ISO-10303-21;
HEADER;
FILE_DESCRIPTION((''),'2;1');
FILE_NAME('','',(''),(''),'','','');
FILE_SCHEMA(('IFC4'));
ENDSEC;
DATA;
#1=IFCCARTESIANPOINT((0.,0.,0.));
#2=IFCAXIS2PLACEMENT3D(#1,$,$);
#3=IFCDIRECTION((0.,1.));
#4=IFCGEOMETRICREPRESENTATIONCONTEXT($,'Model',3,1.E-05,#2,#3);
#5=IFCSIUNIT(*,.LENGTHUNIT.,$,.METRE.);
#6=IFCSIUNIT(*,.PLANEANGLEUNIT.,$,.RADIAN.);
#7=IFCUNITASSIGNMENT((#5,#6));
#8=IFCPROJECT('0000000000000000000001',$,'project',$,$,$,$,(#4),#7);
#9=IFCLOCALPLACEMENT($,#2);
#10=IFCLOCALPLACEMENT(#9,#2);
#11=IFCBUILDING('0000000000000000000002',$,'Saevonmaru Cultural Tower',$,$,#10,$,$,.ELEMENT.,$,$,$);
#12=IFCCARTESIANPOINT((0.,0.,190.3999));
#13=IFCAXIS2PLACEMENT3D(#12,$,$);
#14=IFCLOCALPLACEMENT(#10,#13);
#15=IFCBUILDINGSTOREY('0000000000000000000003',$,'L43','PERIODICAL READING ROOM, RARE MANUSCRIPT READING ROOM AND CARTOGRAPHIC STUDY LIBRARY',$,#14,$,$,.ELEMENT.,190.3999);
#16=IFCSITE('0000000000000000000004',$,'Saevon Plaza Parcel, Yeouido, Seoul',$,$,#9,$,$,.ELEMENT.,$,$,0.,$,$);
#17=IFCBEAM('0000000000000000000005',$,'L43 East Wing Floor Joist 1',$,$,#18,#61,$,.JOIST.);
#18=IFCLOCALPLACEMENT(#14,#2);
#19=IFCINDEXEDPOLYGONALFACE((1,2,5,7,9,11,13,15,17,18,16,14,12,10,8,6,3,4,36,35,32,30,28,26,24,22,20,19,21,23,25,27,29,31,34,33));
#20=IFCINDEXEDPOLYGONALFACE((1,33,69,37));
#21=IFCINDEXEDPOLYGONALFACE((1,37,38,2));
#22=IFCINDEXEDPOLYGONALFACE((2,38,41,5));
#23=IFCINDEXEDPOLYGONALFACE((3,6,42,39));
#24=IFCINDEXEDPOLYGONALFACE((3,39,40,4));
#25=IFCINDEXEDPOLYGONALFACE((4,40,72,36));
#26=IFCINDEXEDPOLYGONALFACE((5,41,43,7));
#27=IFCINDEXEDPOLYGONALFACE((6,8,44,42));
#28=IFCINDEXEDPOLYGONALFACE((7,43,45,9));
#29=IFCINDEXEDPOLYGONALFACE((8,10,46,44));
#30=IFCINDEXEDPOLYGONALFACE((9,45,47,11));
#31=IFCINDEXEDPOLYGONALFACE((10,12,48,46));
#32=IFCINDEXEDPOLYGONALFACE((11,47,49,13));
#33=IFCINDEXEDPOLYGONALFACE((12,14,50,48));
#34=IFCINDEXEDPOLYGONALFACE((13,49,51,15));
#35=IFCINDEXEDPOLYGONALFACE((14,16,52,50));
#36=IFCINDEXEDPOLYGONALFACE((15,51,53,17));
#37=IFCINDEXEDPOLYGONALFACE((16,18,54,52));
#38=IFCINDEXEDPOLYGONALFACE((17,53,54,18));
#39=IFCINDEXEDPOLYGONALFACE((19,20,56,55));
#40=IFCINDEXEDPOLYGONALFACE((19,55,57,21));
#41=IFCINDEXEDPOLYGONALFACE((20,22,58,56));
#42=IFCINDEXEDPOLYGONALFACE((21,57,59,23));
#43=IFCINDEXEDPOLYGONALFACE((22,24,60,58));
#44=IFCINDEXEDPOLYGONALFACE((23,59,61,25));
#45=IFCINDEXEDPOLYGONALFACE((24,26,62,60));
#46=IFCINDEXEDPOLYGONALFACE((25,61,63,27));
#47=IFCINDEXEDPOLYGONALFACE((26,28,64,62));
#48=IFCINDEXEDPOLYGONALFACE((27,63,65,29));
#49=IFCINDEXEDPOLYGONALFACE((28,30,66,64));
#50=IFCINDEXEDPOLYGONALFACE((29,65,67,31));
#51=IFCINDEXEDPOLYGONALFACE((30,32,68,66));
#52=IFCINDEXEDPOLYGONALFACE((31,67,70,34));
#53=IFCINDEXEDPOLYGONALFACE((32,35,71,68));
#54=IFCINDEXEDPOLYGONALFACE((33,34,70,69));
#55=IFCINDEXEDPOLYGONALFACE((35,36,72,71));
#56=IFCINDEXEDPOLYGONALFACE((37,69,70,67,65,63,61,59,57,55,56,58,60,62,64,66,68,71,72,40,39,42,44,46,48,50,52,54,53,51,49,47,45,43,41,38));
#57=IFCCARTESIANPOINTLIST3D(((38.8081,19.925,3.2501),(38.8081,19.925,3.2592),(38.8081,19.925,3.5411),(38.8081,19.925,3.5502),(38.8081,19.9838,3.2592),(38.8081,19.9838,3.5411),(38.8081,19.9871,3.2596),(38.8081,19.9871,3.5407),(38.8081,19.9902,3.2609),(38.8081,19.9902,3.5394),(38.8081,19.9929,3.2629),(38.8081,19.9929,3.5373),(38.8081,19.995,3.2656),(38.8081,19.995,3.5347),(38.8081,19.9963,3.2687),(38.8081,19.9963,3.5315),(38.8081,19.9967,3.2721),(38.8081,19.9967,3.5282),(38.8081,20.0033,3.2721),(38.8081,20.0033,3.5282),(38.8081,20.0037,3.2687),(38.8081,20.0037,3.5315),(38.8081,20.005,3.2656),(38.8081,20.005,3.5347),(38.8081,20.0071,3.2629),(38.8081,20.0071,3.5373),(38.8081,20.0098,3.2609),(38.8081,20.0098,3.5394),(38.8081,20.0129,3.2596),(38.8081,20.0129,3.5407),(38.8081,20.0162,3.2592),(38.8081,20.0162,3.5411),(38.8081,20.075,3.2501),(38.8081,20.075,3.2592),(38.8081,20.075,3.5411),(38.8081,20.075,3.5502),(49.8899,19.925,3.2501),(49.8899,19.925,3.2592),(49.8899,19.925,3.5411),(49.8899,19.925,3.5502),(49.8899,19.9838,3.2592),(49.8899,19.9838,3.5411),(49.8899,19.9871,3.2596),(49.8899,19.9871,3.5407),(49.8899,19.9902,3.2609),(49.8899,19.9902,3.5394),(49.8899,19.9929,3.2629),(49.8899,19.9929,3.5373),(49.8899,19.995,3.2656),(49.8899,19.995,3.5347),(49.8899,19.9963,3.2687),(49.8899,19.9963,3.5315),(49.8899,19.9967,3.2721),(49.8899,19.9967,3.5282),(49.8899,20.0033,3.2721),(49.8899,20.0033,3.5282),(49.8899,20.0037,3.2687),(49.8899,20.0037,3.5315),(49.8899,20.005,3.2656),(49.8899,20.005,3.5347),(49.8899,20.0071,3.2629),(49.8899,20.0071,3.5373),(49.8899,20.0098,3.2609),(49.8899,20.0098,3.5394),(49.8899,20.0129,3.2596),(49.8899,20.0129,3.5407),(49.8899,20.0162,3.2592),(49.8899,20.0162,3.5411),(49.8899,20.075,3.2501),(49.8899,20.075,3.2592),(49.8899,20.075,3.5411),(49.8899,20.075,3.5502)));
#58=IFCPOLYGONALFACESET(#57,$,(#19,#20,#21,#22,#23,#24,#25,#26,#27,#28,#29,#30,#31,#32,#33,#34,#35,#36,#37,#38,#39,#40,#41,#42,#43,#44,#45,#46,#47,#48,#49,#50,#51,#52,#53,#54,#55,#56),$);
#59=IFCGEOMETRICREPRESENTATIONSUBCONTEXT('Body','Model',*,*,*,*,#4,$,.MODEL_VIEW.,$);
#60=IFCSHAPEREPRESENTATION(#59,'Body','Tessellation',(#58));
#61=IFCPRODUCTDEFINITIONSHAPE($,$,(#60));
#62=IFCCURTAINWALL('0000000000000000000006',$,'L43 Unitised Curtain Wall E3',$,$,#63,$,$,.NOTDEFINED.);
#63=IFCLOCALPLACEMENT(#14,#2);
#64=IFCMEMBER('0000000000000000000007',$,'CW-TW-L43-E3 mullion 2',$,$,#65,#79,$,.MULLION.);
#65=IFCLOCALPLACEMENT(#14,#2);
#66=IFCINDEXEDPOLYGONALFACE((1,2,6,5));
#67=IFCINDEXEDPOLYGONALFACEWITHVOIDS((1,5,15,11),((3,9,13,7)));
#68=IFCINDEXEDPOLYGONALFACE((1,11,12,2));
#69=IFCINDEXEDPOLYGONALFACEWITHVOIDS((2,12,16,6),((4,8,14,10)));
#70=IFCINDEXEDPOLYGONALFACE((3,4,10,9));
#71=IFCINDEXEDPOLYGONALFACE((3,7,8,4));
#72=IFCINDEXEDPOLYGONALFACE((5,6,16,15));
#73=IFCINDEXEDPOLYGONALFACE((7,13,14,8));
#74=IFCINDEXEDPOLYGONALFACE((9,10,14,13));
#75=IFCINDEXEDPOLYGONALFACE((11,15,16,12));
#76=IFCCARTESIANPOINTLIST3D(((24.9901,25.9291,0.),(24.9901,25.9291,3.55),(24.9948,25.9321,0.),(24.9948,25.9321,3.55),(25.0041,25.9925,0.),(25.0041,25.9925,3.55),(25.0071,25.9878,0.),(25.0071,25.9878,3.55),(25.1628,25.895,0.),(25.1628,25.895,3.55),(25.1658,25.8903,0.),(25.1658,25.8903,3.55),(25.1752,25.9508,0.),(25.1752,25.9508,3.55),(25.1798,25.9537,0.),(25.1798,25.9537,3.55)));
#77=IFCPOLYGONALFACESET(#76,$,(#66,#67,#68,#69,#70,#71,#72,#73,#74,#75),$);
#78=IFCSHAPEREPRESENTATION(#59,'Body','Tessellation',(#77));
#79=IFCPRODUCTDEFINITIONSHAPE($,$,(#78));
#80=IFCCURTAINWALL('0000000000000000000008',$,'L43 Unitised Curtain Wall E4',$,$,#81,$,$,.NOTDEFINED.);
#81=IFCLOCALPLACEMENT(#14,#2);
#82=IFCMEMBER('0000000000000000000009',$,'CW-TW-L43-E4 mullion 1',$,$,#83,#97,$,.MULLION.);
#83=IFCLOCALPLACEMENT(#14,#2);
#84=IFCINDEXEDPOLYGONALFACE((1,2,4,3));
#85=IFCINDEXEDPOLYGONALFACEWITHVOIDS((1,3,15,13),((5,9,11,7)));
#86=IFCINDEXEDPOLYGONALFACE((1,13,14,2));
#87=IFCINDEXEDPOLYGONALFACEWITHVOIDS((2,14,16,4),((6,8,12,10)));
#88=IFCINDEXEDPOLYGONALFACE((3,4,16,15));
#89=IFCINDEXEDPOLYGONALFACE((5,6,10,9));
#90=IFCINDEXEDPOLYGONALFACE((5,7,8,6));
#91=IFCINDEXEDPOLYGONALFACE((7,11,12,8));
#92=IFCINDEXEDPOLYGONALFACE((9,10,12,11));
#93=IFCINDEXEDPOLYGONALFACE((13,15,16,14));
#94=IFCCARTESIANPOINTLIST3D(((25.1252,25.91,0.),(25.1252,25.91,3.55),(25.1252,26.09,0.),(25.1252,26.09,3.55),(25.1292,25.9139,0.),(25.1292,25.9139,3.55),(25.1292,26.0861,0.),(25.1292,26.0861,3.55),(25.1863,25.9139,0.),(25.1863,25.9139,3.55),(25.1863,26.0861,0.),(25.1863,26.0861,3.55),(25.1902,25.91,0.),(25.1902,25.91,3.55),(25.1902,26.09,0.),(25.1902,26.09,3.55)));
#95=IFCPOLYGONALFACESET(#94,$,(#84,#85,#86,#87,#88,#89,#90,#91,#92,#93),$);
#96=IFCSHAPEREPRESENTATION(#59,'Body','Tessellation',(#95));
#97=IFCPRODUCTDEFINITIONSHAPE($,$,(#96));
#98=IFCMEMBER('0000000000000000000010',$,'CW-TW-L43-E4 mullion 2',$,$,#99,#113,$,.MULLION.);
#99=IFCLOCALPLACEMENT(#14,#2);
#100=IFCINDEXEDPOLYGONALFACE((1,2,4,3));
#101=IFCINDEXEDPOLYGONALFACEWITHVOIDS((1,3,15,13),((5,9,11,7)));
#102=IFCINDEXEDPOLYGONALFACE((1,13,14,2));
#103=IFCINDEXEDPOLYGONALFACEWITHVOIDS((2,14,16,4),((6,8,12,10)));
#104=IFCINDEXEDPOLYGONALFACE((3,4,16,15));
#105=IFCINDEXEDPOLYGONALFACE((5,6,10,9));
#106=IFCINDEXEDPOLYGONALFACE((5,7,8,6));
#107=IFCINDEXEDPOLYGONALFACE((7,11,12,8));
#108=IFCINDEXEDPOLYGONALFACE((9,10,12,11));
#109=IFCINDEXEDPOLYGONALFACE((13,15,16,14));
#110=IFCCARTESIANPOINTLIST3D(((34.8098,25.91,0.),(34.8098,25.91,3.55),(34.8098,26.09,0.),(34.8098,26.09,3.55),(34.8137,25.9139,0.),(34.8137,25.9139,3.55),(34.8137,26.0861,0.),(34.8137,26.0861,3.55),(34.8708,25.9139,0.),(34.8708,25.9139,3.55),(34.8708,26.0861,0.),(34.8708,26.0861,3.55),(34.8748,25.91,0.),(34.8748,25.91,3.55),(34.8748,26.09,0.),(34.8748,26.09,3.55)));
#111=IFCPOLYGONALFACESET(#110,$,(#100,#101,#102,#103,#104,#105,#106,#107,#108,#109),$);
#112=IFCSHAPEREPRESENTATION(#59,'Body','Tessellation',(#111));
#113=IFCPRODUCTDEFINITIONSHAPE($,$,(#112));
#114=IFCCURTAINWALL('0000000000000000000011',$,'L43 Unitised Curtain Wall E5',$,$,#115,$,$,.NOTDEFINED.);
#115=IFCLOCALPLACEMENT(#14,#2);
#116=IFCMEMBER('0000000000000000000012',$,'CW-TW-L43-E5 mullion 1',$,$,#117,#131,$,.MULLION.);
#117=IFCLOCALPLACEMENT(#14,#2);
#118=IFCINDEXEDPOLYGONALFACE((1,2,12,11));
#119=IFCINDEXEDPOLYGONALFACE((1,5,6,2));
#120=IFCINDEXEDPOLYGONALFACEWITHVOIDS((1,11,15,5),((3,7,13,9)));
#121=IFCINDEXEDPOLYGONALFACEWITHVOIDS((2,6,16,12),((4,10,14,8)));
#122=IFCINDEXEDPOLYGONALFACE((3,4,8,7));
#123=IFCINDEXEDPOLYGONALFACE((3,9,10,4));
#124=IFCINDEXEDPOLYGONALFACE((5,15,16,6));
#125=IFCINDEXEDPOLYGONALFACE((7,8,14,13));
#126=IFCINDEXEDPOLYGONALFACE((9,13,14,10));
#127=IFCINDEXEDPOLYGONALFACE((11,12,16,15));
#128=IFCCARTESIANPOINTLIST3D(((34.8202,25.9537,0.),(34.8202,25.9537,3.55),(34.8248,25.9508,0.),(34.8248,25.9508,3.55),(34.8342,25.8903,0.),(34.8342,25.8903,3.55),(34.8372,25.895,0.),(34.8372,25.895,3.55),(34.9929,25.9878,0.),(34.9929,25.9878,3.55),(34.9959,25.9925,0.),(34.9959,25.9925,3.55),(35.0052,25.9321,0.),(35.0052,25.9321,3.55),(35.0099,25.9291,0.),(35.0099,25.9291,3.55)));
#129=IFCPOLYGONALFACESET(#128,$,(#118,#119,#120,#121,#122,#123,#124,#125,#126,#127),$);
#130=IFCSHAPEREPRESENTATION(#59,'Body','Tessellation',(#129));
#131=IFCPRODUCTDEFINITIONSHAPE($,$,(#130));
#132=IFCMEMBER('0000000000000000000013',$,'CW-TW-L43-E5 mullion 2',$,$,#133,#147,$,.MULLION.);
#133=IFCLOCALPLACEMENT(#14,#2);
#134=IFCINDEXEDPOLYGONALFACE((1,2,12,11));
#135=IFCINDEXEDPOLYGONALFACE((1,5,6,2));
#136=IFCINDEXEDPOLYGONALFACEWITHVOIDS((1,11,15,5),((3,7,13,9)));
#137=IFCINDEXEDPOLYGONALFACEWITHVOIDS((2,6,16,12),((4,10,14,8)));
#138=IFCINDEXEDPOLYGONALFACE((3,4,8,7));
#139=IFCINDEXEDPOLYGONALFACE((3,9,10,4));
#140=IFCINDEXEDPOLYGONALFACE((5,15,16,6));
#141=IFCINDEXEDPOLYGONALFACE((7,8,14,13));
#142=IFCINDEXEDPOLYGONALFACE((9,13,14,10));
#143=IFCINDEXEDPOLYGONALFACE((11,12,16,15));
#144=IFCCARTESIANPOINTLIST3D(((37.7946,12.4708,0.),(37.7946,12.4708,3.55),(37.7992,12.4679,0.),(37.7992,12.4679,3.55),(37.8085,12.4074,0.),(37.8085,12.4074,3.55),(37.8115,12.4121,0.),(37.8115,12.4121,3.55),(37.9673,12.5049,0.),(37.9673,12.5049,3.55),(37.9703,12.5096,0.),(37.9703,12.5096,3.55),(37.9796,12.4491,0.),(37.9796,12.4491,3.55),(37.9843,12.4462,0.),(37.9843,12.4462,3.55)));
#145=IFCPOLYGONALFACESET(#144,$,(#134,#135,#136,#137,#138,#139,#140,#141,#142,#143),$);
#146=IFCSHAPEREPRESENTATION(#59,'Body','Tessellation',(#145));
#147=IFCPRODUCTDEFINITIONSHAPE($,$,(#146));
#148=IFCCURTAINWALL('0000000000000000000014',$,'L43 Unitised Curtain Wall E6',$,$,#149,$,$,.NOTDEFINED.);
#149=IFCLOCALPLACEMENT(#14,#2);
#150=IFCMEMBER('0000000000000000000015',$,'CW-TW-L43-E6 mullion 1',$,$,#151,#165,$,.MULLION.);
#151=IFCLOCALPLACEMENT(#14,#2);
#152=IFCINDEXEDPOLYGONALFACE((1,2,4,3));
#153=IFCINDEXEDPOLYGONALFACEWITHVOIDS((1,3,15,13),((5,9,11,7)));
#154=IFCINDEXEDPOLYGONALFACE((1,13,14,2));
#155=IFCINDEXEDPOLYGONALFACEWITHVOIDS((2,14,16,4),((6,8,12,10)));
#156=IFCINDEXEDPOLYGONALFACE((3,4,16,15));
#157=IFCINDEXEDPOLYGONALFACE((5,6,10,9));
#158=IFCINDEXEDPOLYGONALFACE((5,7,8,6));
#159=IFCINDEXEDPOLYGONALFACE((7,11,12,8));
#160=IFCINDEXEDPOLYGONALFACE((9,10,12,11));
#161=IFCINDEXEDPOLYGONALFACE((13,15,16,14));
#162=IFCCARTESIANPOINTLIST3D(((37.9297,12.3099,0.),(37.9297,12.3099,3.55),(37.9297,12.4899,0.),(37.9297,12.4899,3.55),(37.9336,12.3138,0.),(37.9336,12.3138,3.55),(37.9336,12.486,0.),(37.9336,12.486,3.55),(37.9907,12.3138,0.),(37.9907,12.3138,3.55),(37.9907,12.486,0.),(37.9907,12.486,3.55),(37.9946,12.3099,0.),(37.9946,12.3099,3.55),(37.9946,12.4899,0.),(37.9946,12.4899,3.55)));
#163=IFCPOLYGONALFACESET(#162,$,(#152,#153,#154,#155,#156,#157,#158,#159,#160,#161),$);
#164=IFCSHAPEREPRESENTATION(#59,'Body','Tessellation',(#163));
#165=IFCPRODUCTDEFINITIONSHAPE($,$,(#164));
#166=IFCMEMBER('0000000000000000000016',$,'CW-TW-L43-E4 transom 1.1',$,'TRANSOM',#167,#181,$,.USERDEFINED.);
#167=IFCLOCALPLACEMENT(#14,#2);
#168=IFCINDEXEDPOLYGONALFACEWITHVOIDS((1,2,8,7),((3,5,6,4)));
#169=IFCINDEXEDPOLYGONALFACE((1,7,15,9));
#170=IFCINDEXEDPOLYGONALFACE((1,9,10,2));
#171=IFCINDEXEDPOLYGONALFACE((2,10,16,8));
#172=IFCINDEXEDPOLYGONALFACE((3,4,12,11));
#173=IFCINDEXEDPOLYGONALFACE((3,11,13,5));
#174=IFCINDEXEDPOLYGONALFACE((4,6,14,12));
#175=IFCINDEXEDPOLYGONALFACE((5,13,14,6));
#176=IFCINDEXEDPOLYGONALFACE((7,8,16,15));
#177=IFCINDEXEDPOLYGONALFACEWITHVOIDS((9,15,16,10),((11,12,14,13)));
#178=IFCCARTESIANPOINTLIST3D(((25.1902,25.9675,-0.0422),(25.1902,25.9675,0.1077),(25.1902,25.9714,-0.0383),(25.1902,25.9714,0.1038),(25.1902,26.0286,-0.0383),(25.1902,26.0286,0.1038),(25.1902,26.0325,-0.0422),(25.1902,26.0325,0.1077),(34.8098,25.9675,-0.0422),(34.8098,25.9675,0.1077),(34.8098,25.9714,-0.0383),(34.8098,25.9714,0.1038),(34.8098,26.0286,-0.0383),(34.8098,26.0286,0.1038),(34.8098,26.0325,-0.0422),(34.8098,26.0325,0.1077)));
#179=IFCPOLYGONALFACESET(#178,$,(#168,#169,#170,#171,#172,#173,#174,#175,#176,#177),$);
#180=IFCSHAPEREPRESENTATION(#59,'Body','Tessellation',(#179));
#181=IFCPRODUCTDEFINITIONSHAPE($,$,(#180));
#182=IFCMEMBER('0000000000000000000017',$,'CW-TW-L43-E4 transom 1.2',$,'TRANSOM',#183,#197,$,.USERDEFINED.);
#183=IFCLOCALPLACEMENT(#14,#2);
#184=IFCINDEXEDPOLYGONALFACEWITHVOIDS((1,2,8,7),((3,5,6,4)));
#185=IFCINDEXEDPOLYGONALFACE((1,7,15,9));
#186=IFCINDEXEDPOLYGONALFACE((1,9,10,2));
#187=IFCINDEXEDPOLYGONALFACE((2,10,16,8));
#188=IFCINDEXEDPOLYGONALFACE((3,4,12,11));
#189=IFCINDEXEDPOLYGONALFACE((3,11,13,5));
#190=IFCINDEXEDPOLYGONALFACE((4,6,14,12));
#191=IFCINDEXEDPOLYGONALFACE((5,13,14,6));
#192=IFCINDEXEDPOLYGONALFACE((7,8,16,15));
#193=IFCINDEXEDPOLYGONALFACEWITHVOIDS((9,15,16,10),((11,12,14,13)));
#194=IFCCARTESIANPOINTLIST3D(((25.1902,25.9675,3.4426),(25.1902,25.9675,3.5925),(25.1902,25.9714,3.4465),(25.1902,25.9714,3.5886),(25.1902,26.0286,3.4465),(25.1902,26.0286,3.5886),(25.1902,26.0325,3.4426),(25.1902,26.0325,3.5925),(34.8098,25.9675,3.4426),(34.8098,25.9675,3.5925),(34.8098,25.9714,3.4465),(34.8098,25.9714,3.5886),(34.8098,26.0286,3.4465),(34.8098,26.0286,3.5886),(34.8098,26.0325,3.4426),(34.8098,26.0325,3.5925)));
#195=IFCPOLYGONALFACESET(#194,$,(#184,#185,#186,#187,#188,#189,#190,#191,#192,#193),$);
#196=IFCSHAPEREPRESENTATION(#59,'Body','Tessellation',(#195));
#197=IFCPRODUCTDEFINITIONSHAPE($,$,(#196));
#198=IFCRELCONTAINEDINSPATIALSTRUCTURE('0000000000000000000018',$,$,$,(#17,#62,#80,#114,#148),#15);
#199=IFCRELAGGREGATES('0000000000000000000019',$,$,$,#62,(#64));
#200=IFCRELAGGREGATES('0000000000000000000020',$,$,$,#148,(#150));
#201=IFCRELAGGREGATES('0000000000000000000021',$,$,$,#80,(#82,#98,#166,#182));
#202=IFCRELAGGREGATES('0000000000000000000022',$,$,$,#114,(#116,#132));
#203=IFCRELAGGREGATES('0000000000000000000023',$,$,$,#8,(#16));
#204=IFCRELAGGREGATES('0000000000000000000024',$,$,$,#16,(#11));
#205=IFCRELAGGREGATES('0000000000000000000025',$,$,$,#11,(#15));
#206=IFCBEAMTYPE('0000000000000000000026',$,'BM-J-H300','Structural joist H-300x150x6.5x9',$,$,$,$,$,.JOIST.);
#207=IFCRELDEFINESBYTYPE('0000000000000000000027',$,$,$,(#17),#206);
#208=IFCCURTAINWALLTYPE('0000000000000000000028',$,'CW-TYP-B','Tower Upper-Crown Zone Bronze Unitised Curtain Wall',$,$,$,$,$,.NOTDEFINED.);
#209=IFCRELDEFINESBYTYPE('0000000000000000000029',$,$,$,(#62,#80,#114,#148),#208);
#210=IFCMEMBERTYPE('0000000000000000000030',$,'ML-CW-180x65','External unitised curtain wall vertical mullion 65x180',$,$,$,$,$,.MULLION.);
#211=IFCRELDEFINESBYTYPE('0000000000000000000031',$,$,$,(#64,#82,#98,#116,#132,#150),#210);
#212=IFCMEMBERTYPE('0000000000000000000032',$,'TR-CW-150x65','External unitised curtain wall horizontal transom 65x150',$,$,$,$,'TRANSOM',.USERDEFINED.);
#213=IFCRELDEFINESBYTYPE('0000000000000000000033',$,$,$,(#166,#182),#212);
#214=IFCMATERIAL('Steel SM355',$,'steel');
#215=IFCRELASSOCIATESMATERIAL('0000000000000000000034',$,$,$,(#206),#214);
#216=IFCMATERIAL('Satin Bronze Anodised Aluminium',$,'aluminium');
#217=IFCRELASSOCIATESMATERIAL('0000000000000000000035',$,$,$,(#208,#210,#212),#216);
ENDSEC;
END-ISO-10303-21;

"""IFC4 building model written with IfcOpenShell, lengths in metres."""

from ifc_helpers import new_model, si_unit, direction, frame, origin, origin_2d, place, context, subcontext, project, spatial, hollow_rectangle, i_section, extrude, material, material_profile, profile_set, type_object, element, aggregate, save


model = new_model("IFC4")

# Units and contexts
model_context = context("Model", 3, precision=1e-05, world=origin(), true_north=direction((0.0, 1.0)))
body_context = subcontext(model_context, "Body", "Model", "MODEL_VIEW")
ifc_project = project(units=[si_unit("LENGTHUNIT", "METRE"), si_unit("PLANEANGLEUNIT", "RADIAN")], contexts=[model_context])

# Site, building, storey
site_placement = place(None, origin())
site = spatial("IfcSite", under=ifc_project, at=site_placement, Name="Saevon Plaza Parcel, Yeouido, Seoul", CompositionType="ELEMENT", RefElevation=0.0)
building_placement = place(site_placement, origin())
building = spatial("IfcBuilding", under=site, at=building_placement, Name="Saevonmaru Cultural Tower", CompositionType="ELEMENT")
storey_placement = place(building_placement, frame((0.0, 0.0, 190.3999)))
storey = spatial("IfcBuildingStorey", under=building, at=storey_placement, Name="L43", Description="PERIODICAL READING ROOM, RARE MANUSCRIPT READING ROOM AND CARTOGRAPHIC STUDY LIBRARY", CompositionType="ELEMENT", Elevation=190.3999)

# Shared definitions
ifc_material_1 = material(Name="Steel SM355", Category="steel")

# Beam
ifc_material_profile_1 = material_profile(ifc_material_1, i_section(OverallWidth=0.1499, OverallDepth=0.3, WebThickness=0.0066, FlangeThickness=0.009, FilletRadius=0.0129, at=origin_2d()), Name="H-300x150x6.5x9")
ifc_profile_set_1 = profile_set([ifc_material_profile_1], Name="Steel SM355")
beam_type_1 = type_object("IfcBeamType", Name="BM-J-H300", Description="Structural joist H-300x150x6.5x9", PredefinedType="JOIST", material=ifc_profile_set_1)
beam_1_placement = place(storey_placement, frame((38.8081, 20.0, 3.4001), z_axis=(1.0, 0.0, 0.0), x_axis=(0.0, 1.0, 0.0)))
element("IfcBeam", 1, at=beam_1_placement, inside=storey, type_object=beam_type_1, Name="L43 East Wing Floor Joist 1", PredefinedType="JOIST", context=body_context, shape_type="SweptSolid", body=[
    extrude(i_section(OverallWidth=0.1499, OverallDepth=0.3, WebThickness=0.0066, FlangeThickness=0.009, FilletRadius=0.0129, at=origin_2d()), origin(), (0.0, 0.0, 1.0), 11.0818),
])

# Curtain wall, member
ifc_material_2 = material(Name="Satin Bronze Anodised Aluminium", Category="aluminium")
curtain_wall_type = type_object("IfcCurtainWallType", Name="CW-TYP-B", Description="Tower Upper-Crown Zone Bronze Unitised Curtain Wall", PredefinedType="NOTDEFINED", material=ifc_material_2)
curtain_wall_1_placement = place(storey_placement, origin())
curtain_wall_1 = element("IfcCurtainWall", 2, at=curtain_wall_1_placement, inside=storey, type_object=curtain_wall_type, Name="L43 Unitised Curtain Wall E3", PredefinedType="NOTDEFINED")
ifc_material_profile_2 = material_profile(ifc_material_2, hollow_rectangle(XDim=0.0649, YDim=0.1799, WallThickness=0.0039, at=origin_2d()), Name="ALU-MULL-180x65x4")
ifc_profile_set_2 = profile_set([ifc_material_profile_2], Name="Satin Bronze Anodised Aluminium")
member_type_1 = type_object("IfcMemberType", Name="ML-CW-180x65", Description="External unitised curtain wall vertical mullion 65x180", PredefinedType="MULLION", material=ifc_profile_set_2)
member_1_placement = place(storey_placement, frame((25.085, 25.9414, 0.0), z_axis=(0.0, 0.0, 1.0), x_axis=(0.215413, 0.976523, 0.0)))
member_1 = element("IfcMember", 3, at=member_1_placement, type_object=member_type_1, Name="CW-TW-L43-E3 mullion 2", PredefinedType="MULLION", context=body_context, shape_type="SweptSolid", body=[
    extrude(hollow_rectangle(XDim=0.0649, YDim=0.1799, WallThickness=0.0039, at=origin_2d()), origin(), (0.0, 0.0, 1.0), 3.55),
])
aggregate(curtain_wall_1, [member_1])

# Curtain walls, members
curtain_wall_2_placement = place(storey_placement, origin())
curtain_wall_2 = element("IfcCurtainWall", 4, at=curtain_wall_2_placement, inside=storey, type_object=curtain_wall_type, Name="L43 Unitised Curtain Wall E4", PredefinedType="NOTDEFINED")
member_2_placement = place(storey_placement, frame((25.1577, 26.0, 0.0), z_axis=(0.0, 0.0, 1.0), x_axis=(1.0, 0.0, 0.0)))
member_2 = element("IfcMember", 5, at=member_2_placement, type_object=member_type_1, Name="CW-TW-L43-E4 mullion 1", PredefinedType="MULLION", context=body_context, shape_type="SweptSolid", body=[
    extrude(hollow_rectangle(XDim=0.0649, YDim=0.1799, WallThickness=0.0039, at=origin_2d()), origin(), (0.0, 0.0, 1.0), 3.55),
])
member_3_placement = place(storey_placement, frame((34.8423, 26.0, 0.0), z_axis=(0.0, 0.0, 1.0), x_axis=(1.0, 0.0, 0.0)))
member_3 = element("IfcMember", 6, at=member_3_placement, type_object=member_type_1, Name="CW-TW-L43-E4 mullion 2", PredefinedType="MULLION", context=body_context, shape_type="SweptSolid", body=[
    extrude(hollow_rectangle(XDim=0.0649, YDim=0.1799, WallThickness=0.0039, at=origin_2d()), origin(), (0.0, 0.0, 1.0), 3.55),
])
curtain_wall_3_placement = place(storey_placement, origin())
curtain_wall_3 = element("IfcCurtainWall", 7, at=curtain_wall_3_placement, inside=storey, type_object=curtain_wall_type, Name="L43 Unitised Curtain Wall E5", PredefinedType="NOTDEFINED")
member_4_placement = place(storey_placement, frame((34.915, 25.9414, 0.0), z_axis=(0.0, 0.0, 1.0), x_axis=(0.215413, -0.976523, 0.0)))
member_4 = element("IfcMember", 8, at=member_4_placement, type_object=member_type_1, Name="CW-TW-L43-E5 mullion 1", PredefinedType="MULLION", context=body_context, shape_type="SweptSolid", body=[
    extrude(hollow_rectangle(XDim=0.0649, YDim=0.1799, WallThickness=0.0039, at=origin_2d()), origin(), (0.0, 0.0, 1.0), 3.55),
])
member_5_placement = place(storey_placement, frame((37.8894, 12.4585, 0.0), z_axis=(0.0, 0.0, 1.0), x_axis=(0.215413, -0.976523, 0.0)))
member_5 = element("IfcMember", 9, at=member_5_placement, type_object=member_type_1, Name="CW-TW-L43-E5 mullion 2", PredefinedType="MULLION", context=body_context, shape_type="SweptSolid", body=[
    extrude(hollow_rectangle(XDim=0.0649, YDim=0.1799, WallThickness=0.0039, at=origin_2d()), origin(), (0.0, 0.0, 1.0), 3.55),
])

# Curtain wall, member
curtain_wall_4_placement = place(storey_placement, origin())
curtain_wall_4 = element("IfcCurtainWall", 10, at=curtain_wall_4_placement, inside=storey, type_object=curtain_wall_type, Name="L43 Unitised Curtain Wall E6", PredefinedType="NOTDEFINED")
member_6_placement = place(storey_placement, frame((37.9622, 12.3999, 0.0), z_axis=(0.0, 0.0, 1.0), x_axis=(1.0, 0.0, 0.0)))
member_6 = element("IfcMember", 11, at=member_6_placement, type_object=member_type_1, Name="CW-TW-L43-E6 mullion 1", PredefinedType="MULLION", context=body_context, shape_type="SweptSolid", body=[
    extrude(hollow_rectangle(XDim=0.0649, YDim=0.1799, WallThickness=0.0039, at=origin_2d()), origin(), (0.0, 0.0, 1.0), 3.55),
])

# Members
ifc_material_profile_3 = material_profile(ifc_material_2, hollow_rectangle(XDim=0.0649, YDim=0.1499, WallThickness=0.0039, at=origin_2d()), Name="ALU-TRAN-150x65x4")
ifc_profile_set_3 = profile_set([ifc_material_profile_3], Name="Satin Bronze Anodised Aluminium")
member_type_2 = type_object("IfcMemberType", Name="TR-CW-150x65", Description="External unitised curtain wall horizontal transom 65x150", ElementType="TRANSOM", PredefinedType="USERDEFINED", material=ifc_profile_set_3)
member_7_placement = place(storey_placement, frame((25.1902, 26.0, 0.0327), z_axis=(1.0, 0.0, 0.0), x_axis=(0.0, 1.0, 0.0)))
member_7 = element("IfcMember", 12, at=member_7_placement, type_object=member_type_2, Name="CW-TW-L43-E4 transom 1.1", ObjectType="TRANSOM", PredefinedType="USERDEFINED", context=body_context, shape_type="SweptSolid", body=[
    extrude(hollow_rectangle(XDim=0.0649, YDim=0.1499, WallThickness=0.0039, at=origin_2d()), origin(), (0.0, 0.0, 1.0), 9.6196),
])
member_8_placement = place(storey_placement, frame((25.1902, 26.0, 3.5176), z_axis=(1.0, 0.0, 0.0), x_axis=(0.0, 1.0, 0.0)))
member_8 = element("IfcMember", 13, at=member_8_placement, type_object=member_type_2, Name="CW-TW-L43-E4 transom 1.2", ObjectType="TRANSOM", PredefinedType="USERDEFINED", context=body_context, shape_type="SweptSolid", body=[
    extrude(hollow_rectangle(XDim=0.0649, YDim=0.1499, WallThickness=0.0039, at=origin_2d()), origin(), (0.0, 0.0, 1.0), 9.6196),
])
aggregate(curtain_wall_4, [member_6])

aggregate(curtain_wall_2, [member_2, member_3, member_7, member_8])
aggregate(curtain_wall_3, [member_4, member_5])

save(model, "model.ifc")
